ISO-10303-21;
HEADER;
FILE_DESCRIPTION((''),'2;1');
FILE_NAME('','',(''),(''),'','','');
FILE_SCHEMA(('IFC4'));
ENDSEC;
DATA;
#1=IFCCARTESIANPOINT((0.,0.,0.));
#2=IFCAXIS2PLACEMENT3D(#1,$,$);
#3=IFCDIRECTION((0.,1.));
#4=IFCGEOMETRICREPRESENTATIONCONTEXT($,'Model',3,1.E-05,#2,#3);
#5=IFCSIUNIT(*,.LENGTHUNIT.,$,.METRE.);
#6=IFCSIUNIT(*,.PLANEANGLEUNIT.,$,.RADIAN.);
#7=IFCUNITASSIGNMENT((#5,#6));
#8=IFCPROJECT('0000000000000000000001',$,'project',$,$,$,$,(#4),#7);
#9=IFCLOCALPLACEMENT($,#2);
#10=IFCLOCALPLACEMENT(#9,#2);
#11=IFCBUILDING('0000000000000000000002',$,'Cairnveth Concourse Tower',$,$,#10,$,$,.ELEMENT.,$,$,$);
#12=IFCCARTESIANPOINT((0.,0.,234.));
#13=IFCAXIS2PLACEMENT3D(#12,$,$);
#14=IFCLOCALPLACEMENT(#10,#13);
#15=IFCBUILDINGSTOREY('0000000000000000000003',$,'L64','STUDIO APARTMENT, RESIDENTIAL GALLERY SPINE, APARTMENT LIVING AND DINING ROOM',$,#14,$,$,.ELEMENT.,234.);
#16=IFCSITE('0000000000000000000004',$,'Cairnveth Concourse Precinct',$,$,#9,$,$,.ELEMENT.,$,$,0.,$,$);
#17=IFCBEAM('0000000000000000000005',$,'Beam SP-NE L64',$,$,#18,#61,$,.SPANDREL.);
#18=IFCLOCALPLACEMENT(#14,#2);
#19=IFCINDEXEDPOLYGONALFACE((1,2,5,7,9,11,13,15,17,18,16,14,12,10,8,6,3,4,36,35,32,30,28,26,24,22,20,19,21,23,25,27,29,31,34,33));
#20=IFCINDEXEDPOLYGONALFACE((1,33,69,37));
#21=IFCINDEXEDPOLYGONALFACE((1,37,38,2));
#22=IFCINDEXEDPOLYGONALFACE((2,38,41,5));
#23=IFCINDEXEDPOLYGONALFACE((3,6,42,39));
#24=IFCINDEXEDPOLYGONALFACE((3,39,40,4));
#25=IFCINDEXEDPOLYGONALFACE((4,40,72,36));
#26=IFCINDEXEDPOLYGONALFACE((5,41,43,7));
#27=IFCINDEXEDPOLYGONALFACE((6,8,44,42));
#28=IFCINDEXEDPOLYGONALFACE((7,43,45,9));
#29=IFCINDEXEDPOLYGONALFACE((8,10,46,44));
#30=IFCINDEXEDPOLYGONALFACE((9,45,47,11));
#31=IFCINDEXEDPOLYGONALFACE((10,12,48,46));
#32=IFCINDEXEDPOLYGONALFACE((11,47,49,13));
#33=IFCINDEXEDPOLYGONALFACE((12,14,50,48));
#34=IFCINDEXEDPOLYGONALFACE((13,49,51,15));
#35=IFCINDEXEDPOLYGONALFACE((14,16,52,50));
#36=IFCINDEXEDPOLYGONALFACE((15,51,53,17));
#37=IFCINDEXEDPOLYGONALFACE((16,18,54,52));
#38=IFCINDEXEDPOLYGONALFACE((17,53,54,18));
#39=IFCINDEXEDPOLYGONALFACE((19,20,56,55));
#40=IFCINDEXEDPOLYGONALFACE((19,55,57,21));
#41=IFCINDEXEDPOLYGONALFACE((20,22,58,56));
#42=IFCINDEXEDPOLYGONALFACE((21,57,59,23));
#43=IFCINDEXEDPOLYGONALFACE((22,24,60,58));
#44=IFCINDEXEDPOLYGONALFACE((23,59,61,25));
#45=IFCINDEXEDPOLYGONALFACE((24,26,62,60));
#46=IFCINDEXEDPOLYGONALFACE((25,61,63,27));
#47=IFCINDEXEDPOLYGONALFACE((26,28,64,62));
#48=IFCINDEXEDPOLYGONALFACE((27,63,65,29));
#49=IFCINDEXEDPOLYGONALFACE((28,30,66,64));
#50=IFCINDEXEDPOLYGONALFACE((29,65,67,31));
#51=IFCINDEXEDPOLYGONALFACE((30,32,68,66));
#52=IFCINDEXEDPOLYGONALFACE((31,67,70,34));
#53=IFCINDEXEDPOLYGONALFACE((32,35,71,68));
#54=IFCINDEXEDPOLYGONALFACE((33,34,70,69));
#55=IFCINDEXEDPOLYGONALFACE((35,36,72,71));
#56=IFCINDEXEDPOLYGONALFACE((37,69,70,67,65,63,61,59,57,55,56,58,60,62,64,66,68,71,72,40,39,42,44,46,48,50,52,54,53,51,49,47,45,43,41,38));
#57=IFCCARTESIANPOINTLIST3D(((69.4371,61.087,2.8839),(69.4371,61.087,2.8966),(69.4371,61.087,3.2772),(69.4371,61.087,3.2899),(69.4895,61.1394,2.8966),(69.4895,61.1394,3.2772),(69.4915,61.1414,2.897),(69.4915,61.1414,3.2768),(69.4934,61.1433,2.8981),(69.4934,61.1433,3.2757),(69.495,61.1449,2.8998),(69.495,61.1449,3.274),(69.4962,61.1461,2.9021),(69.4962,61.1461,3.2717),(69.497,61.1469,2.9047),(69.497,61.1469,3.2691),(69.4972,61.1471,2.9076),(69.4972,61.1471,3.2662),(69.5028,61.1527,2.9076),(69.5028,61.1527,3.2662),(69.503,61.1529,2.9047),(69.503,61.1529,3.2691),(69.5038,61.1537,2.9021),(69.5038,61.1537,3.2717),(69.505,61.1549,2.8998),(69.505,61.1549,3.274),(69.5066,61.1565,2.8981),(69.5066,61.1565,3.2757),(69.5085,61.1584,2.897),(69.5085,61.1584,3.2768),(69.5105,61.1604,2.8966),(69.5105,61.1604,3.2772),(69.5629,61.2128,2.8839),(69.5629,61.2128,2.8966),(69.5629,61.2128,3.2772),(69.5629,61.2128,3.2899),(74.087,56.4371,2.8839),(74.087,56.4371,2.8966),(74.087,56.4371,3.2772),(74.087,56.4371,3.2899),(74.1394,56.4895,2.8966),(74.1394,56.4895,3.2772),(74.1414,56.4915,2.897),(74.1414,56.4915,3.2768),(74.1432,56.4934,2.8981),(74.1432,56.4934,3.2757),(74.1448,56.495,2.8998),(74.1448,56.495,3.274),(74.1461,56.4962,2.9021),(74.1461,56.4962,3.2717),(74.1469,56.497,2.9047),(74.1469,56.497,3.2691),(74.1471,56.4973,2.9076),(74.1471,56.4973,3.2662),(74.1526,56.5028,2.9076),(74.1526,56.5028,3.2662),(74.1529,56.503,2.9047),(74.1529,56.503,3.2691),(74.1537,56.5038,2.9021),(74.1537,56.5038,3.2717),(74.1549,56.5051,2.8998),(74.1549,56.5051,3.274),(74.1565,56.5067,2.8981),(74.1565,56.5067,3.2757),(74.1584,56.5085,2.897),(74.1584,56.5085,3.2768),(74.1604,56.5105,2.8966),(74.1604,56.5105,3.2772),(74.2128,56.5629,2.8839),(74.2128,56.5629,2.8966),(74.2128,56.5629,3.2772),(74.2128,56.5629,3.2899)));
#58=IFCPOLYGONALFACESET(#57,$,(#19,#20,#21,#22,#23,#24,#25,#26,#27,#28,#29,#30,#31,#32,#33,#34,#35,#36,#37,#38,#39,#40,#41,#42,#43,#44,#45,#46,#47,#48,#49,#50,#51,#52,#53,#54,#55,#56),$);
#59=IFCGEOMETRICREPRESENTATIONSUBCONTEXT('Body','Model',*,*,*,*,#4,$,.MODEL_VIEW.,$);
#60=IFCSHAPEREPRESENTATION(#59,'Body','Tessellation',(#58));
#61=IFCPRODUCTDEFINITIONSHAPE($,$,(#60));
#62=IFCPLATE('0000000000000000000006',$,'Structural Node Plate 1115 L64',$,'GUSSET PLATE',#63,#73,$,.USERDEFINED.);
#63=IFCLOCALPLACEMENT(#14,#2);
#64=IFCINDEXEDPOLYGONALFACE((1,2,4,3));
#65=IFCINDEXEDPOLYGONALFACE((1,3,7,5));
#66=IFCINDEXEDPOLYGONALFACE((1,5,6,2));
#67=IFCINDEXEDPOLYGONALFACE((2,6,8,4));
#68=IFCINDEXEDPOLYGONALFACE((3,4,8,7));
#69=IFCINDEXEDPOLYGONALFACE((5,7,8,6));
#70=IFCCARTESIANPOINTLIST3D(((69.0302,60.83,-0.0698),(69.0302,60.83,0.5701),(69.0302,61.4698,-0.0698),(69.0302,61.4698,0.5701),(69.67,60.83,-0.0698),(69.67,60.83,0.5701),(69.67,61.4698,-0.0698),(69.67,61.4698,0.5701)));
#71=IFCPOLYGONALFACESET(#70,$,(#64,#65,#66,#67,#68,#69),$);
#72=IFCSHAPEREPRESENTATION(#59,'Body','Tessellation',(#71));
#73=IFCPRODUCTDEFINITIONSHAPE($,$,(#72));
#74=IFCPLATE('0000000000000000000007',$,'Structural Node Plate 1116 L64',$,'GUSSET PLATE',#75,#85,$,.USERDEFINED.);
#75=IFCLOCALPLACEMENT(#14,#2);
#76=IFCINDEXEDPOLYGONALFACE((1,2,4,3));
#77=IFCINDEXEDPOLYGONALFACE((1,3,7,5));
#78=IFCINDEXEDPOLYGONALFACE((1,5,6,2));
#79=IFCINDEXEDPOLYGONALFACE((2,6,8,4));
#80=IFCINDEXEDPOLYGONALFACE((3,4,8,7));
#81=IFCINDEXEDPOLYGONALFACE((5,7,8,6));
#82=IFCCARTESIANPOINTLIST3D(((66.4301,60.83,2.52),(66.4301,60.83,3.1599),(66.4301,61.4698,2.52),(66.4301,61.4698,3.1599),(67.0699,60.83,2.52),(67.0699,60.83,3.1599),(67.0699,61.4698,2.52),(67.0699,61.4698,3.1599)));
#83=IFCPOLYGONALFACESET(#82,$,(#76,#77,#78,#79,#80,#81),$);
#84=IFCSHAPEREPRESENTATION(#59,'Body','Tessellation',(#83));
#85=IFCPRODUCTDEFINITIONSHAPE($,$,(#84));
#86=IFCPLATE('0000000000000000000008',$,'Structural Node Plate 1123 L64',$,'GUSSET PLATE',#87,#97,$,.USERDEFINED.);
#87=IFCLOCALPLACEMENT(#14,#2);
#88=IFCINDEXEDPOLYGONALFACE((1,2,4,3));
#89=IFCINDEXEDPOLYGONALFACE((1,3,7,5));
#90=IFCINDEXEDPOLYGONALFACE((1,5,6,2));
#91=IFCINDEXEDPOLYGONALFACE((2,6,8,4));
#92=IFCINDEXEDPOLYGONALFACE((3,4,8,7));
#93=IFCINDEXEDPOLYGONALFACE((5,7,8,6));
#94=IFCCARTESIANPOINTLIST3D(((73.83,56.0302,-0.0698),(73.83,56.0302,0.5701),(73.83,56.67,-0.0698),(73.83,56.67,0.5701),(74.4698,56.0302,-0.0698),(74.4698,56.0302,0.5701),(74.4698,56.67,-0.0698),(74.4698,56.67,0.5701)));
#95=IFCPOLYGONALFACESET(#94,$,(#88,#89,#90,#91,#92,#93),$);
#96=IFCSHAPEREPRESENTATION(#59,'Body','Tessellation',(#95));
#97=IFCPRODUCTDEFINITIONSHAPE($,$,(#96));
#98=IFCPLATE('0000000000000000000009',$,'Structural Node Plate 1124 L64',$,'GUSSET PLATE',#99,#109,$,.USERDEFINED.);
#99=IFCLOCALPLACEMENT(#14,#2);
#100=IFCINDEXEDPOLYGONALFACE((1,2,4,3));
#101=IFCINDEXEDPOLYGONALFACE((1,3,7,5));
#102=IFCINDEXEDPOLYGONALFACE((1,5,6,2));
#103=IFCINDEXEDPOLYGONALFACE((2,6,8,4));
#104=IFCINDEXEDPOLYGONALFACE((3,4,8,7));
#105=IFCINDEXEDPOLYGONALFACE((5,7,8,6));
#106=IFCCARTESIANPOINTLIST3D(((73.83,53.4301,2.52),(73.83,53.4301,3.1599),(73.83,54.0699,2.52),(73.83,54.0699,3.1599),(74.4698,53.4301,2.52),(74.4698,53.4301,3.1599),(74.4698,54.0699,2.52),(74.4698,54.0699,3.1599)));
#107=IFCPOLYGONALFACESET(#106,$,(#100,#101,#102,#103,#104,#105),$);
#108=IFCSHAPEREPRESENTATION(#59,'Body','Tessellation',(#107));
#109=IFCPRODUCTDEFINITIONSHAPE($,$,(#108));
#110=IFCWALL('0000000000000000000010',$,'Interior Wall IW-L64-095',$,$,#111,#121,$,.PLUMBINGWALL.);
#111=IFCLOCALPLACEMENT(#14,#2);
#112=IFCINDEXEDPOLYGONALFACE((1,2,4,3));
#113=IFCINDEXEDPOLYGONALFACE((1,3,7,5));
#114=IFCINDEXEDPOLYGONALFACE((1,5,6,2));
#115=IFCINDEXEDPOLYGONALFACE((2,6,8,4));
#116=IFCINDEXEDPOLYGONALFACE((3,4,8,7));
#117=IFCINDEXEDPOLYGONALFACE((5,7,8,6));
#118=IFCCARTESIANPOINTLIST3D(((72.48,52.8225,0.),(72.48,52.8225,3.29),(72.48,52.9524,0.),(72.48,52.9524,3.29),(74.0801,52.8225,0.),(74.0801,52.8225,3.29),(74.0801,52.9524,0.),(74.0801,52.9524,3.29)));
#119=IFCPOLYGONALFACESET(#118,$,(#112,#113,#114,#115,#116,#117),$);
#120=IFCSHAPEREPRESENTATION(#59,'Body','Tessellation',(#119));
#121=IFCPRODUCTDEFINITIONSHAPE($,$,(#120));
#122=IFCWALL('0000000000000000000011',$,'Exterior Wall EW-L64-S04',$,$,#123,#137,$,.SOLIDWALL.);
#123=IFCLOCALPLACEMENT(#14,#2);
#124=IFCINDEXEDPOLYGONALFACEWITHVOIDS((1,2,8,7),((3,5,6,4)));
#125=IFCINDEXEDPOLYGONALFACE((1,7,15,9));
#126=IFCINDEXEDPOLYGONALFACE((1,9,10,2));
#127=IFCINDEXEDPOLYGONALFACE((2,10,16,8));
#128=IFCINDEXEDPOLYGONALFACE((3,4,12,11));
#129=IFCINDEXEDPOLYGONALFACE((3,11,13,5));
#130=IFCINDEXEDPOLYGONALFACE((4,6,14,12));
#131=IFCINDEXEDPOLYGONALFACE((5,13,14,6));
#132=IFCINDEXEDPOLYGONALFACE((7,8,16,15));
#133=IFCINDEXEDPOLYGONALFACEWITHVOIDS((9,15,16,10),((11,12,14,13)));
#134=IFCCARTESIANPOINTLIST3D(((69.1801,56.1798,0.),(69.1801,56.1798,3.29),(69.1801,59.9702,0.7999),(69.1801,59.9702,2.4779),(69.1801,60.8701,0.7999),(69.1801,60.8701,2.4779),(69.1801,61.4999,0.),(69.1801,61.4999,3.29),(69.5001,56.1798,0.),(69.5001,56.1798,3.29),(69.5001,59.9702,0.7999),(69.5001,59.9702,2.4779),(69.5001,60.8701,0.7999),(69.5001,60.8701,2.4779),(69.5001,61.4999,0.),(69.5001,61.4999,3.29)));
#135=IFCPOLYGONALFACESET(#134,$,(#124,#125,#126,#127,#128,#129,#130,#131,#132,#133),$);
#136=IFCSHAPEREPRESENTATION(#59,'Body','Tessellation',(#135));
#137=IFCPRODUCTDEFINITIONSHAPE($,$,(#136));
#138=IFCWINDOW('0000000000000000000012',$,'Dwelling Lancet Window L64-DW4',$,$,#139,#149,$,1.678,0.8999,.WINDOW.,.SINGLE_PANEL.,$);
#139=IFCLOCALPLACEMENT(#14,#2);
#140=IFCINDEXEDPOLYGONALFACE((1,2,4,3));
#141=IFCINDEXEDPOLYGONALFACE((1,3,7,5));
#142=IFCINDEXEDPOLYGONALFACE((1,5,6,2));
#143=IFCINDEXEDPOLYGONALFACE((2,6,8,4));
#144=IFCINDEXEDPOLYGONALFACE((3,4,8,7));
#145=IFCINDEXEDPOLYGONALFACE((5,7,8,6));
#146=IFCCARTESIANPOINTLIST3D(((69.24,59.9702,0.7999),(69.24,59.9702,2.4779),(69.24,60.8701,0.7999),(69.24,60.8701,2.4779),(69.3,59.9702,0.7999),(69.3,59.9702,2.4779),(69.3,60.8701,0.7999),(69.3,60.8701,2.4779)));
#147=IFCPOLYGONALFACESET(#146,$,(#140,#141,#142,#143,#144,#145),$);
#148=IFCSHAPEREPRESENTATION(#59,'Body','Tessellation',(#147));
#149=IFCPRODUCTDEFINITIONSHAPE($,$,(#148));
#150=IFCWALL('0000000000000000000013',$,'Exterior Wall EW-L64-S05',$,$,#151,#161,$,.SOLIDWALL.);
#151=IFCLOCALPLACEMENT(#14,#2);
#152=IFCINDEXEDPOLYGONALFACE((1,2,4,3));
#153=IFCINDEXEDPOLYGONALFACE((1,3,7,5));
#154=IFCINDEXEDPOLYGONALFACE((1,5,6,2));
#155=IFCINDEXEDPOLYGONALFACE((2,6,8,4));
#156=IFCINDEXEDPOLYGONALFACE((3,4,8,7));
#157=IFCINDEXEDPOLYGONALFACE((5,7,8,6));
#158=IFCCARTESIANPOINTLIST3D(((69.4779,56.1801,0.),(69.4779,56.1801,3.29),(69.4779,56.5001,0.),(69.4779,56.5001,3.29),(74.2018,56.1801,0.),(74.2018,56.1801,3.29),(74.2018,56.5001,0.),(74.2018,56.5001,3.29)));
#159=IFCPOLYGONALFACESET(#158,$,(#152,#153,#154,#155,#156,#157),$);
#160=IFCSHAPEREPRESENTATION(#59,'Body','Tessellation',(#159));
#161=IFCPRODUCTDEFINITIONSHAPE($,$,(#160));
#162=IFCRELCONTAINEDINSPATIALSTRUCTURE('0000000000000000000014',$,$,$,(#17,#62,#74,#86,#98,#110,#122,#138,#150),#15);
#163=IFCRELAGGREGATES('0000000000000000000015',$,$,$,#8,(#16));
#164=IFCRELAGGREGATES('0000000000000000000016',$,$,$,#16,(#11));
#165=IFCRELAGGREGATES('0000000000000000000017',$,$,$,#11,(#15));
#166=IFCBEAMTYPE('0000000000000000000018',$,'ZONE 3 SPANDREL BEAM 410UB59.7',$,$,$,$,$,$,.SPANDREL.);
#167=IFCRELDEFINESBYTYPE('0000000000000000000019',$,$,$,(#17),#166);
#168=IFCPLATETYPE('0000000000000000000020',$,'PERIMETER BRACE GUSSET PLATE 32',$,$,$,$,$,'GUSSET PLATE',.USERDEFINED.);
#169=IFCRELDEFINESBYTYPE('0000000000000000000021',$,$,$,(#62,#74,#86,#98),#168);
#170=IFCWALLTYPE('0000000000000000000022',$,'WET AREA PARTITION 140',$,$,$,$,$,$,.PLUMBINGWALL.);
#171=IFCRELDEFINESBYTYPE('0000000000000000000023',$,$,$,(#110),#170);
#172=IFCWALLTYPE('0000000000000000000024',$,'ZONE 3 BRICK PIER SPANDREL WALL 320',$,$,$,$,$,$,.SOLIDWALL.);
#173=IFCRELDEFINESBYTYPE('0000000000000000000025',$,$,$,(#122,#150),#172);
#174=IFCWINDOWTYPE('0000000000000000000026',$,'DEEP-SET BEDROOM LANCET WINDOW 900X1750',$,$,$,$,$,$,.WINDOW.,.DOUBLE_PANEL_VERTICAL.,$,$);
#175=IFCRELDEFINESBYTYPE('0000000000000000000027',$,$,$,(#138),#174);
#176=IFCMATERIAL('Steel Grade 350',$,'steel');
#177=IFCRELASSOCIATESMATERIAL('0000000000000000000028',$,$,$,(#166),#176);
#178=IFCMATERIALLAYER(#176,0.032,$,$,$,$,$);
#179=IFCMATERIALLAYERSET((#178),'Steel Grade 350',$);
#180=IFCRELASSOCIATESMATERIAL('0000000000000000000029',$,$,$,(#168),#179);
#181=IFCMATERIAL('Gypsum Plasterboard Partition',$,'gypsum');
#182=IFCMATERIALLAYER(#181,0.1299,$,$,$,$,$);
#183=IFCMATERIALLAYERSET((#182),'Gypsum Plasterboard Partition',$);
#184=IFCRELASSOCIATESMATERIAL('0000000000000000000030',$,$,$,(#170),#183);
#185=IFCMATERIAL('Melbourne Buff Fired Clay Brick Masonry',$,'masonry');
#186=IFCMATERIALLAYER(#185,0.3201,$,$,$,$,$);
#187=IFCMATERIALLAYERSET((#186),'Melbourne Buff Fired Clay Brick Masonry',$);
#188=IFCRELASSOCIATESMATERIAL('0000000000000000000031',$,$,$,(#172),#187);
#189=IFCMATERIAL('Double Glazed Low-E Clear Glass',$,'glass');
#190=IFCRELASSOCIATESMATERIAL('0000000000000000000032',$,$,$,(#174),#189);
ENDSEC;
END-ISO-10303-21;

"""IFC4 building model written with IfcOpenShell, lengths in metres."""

from ifc_helpers import new_model, si_unit, direction, frame, frame_2d, origin, origin_2d, place, context, subcontext, project, spatial, rectangle, i_section, extrude, material, layer, layer_set, material_profile, profile_set, type_object, element, fill, save


model = new_model("IFC4")

# Units and contexts
model_context = context("Model", 3, precision=1e-05, world=origin(), true_north=direction((0.0, 1.0)))
body_context = subcontext(model_context, "Body", "Model", "MODEL_VIEW")
ifc_project = project(units=[si_unit("LENGTHUNIT", "METRE"), si_unit("PLANEANGLEUNIT", "RADIAN")], contexts=[model_context])

# Site, building, storey
site_placement = place(None, origin())
site = spatial("IfcSite", under=ifc_project, at=site_placement, Name="Cairnveth Concourse Precinct", CompositionType="ELEMENT", RefElevation=0.0)
building_placement = place(site_placement, origin())
building = spatial("IfcBuilding", under=site, at=building_placement, Name="Cairnveth Concourse Tower", CompositionType="ELEMENT")
storey_placement = place(building_placement, frame((0.0, 0.0, 234.0)))
storey = spatial("IfcBuildingStorey", under=building, at=storey_placement, Name="L64", Description="STUDIO APARTMENT, RESIDENTIAL GALLERY SPINE, APARTMENT LIVING AND DINING ROOM", CompositionType="ELEMENT", Elevation=234.0)

# Shared definitions
ifc_material_1 = material(Name="Steel Grade 350", Category="steel")

# Beam
ifc_material_profile_1 = material_profile(ifc_material_1, i_section(OverallWidth=0.178, OverallDepth=0.406, WebThickness=0.0078, FlangeThickness=0.0127, FilletRadius=0.011, at=origin_2d()), Name="410UB59.7")
ifc_profile_set_1 = profile_set([ifc_material_profile_1], Name="Steel Grade 350")
beam_type_1 = type_object("IfcBeamType", Name="ZONE 3 SPANDREL BEAM 410UB59.7", PredefinedType="SPANDREL", material=ifc_profile_set_1)
beam_1_placement = place(storey_placement, frame((69.5, 61.1499, 3.0869), z_axis=(0.707107, -0.707107, 0.0), x_axis=(0.707107, 0.707107, 0.0)))
element("IfcBeam", 1, at=beam_1_placement, inside=storey, type_object=beam_type_1, Name="Beam SP-NE L64", PredefinedType="SPANDREL", context=body_context, shape_type="SweptSolid", body=[
    extrude(i_section(OverallWidth=0.178, OverallDepth=0.406, WebThickness=0.0078, FlangeThickness=0.0127, FilletRadius=0.011, at=origin_2d()), origin(), (0.0, 0.0, 1.0), 6.5759),
])

# Plates
ifc_layer_1 = layer(ifc_material_1, 0.032)
ifc_layer_set_1 = layer_set([ifc_layer_1], Name="Steel Grade 350")
plate_type = type_object("IfcPlateType", Name="PERIMETER BRACE GUSSET PLATE 32", ElementType="GUSSET PLATE", PredefinedType="USERDEFINED", material=ifc_layer_set_1)
for number, where, z_axis, x_axis, name in (
    (2, (69.3501, 61.1499, -0.0698), (0.0, 0.0, 1.0), (1.0, 0.0, 0.0), "Structural Node Plate 1115 L64"),
    (3, (66.75, 61.1499, 2.52), (0.0, 0.0, 1.0), (1.0, 0.0, 0.0), "Structural Node Plate 1116 L64"),
    (4, (74.1499, 56.3501, -0.0698), (0.0, 0.0, 1.0), (1.0, 0.0, 0.0), "Structural Node Plate 1123 L64"),
    (5, (74.1499, 53.75, 2.52), (0.0, 0.0, 1.0), (1.0, 0.0, 0.0), "Structural Node Plate 1124 L64"),
):
    element("IfcPlate", number, at=place(storey_placement, frame(where, z_axis=z_axis, x_axis=x_axis)), inside=storey, type_object=plate_type, Name=name, ObjectType="GUSSET PLATE", PredefinedType="USERDEFINED", context=body_context, shape_type="SweptSolid", body=[
        extrude(rectangle(XDim=0.6399, YDim=0.6399, at=origin_2d()), origin(), (0.0, 0.0, 1.0), 0.6399),
    ])

# Wall
ifc_material_2 = material(Name="Gypsum Plasterboard Partition", Category="gypsum")
ifc_layer_2 = layer(ifc_material_2, 0.1299)
ifc_layer_set_2 = layer_set([ifc_layer_2], Name="Gypsum Plasterboard Partition")
wall_type_1 = type_object("IfcWallType", Name="WET AREA PARTITION 140", PredefinedType="PLUMBINGWALL", material=ifc_layer_set_2)
wall_1_placement = place(storey_placement, frame((72.48, 52.8875, 0.0), z_axis=(0.0, 0.0, 1.0), x_axis=(1.0, 0.0, 0.0)))
element("IfcWall", 6, at=wall_1_placement, inside=storey, type_object=wall_type_1, Name="Interior Wall IW-L64-095", PredefinedType="PLUMBINGWALL", context=body_context, shape_type="SweptSolid", body=[
    extrude(rectangle(XDim=1.6001, YDim=0.1299, at=frame_2d((0.8, 0.0))), origin(), (0.0, 0.0, 1.0), 3.29),
])

# Wall, opening, window
ifc_material_3 = material(Name="Melbourne Buff Fired Clay Brick Masonry", Category="masonry")
ifc_layer_3 = layer(ifc_material_3, 0.3201)
ifc_layer_set_3 = layer_set([ifc_layer_3], Name="Melbourne Buff Fired Clay Brick Masonry")
wall_type_2 = type_object("IfcWallType", Name="ZONE 3 BRICK PIER SPANDREL WALL 320", PredefinedType="SOLIDWALL", material=ifc_layer_set_3)
wall_2_placement = place(storey_placement, frame((69.3401, 61.5, 0.0), z_axis=(0.0, 0.0, 1.0), x_axis=(0.0, -1.0, 0.0)))
wall_2 = element("IfcWall", 7, at=wall_2_placement, inside=storey, type_object=wall_type_2, Name="Exterior Wall EW-L64-S04", PredefinedType="SOLIDWALL", context=body_context, shape_type="SweptSolid", body=[
    extrude(rectangle(XDim=5.3201, YDim=0.3201, at=frame_2d((2.6602, 0.0))), origin(), (0.0, 0.0, 1.0), 3.29),
])
opening_1_placement = place(wall_2_placement, frame((0.6299, 0.0, 0.8)))
opening_1 = element("IfcOpeningElement", 8, at=opening_1_placement, cuts=wall_2, PredefinedType="OPENING", context=body_context, shape_type="SweptSolid", body=[
    extrude(rectangle(XDim=0.8999, YDim=1.678, at=frame_2d((0.45, 0.8389))), frame((0.0, 0.1699, 0.0), z_axis=(0.0, -1.0, 0.0), x_axis=(1.0, 0.0, 0.0)), (0.0, 0.0, 1.0), 0.3401),
])
ifc_material_4 = material(Name="Double Glazed Low-E Clear Glass", Category="glass")
window_type_1 = type_object("IfcWindowType", Name="DEEP-SET BEDROOM LANCET WINDOW 900X1750", PartitioningType="DOUBLE_PANEL_VERTICAL", PredefinedType="WINDOW", material=ifc_material_4)
window_1_placement = place(opening_1_placement, origin())
window_1 = element("IfcWindow", 9, at=window_1_placement, inside=storey, type_object=window_type_1, Name="Dwelling Lancet Window L64-DW4", OverallHeight=1.678, OverallWidth=0.8999, PartitioningType="SINGLE_PANEL", PredefinedType="WINDOW", context=body_context, shape_type="SweptSolid", body=[
    extrude(rectangle(XDim=0.8999, YDim=1.678, at=frame_2d((0.45, 0.8389))), frame((0.0, -0.04, 0.0), z_axis=(0.0, -1.0, 0.0), x_axis=(1.0, 0.0, 0.0)), (0.0, 0.0, 1.0), 0.0601),
])
fill(opening_1, window_1)

# Wall
wall_3_placement = place(storey_placement, frame((69.478, 56.3401, 0.0), z_axis=(0.0, 0.0, 1.0), x_axis=(1.0, 0.0, 0.0)))
element("IfcWall", 10, at=wall_3_placement, inside=storey, type_object=wall_type_2, Name="Exterior Wall EW-L64-S05", PredefinedType="SOLIDWALL", context=body_context, shape_type="SweptSolid", body=[
    extrude(rectangle(XDim=4.7239, YDim=0.3201, at=frame_2d((2.3618, 0.0))), origin(), (0.0, 0.0, 1.0), 3.29),
])

save(model, "model.ifc")
